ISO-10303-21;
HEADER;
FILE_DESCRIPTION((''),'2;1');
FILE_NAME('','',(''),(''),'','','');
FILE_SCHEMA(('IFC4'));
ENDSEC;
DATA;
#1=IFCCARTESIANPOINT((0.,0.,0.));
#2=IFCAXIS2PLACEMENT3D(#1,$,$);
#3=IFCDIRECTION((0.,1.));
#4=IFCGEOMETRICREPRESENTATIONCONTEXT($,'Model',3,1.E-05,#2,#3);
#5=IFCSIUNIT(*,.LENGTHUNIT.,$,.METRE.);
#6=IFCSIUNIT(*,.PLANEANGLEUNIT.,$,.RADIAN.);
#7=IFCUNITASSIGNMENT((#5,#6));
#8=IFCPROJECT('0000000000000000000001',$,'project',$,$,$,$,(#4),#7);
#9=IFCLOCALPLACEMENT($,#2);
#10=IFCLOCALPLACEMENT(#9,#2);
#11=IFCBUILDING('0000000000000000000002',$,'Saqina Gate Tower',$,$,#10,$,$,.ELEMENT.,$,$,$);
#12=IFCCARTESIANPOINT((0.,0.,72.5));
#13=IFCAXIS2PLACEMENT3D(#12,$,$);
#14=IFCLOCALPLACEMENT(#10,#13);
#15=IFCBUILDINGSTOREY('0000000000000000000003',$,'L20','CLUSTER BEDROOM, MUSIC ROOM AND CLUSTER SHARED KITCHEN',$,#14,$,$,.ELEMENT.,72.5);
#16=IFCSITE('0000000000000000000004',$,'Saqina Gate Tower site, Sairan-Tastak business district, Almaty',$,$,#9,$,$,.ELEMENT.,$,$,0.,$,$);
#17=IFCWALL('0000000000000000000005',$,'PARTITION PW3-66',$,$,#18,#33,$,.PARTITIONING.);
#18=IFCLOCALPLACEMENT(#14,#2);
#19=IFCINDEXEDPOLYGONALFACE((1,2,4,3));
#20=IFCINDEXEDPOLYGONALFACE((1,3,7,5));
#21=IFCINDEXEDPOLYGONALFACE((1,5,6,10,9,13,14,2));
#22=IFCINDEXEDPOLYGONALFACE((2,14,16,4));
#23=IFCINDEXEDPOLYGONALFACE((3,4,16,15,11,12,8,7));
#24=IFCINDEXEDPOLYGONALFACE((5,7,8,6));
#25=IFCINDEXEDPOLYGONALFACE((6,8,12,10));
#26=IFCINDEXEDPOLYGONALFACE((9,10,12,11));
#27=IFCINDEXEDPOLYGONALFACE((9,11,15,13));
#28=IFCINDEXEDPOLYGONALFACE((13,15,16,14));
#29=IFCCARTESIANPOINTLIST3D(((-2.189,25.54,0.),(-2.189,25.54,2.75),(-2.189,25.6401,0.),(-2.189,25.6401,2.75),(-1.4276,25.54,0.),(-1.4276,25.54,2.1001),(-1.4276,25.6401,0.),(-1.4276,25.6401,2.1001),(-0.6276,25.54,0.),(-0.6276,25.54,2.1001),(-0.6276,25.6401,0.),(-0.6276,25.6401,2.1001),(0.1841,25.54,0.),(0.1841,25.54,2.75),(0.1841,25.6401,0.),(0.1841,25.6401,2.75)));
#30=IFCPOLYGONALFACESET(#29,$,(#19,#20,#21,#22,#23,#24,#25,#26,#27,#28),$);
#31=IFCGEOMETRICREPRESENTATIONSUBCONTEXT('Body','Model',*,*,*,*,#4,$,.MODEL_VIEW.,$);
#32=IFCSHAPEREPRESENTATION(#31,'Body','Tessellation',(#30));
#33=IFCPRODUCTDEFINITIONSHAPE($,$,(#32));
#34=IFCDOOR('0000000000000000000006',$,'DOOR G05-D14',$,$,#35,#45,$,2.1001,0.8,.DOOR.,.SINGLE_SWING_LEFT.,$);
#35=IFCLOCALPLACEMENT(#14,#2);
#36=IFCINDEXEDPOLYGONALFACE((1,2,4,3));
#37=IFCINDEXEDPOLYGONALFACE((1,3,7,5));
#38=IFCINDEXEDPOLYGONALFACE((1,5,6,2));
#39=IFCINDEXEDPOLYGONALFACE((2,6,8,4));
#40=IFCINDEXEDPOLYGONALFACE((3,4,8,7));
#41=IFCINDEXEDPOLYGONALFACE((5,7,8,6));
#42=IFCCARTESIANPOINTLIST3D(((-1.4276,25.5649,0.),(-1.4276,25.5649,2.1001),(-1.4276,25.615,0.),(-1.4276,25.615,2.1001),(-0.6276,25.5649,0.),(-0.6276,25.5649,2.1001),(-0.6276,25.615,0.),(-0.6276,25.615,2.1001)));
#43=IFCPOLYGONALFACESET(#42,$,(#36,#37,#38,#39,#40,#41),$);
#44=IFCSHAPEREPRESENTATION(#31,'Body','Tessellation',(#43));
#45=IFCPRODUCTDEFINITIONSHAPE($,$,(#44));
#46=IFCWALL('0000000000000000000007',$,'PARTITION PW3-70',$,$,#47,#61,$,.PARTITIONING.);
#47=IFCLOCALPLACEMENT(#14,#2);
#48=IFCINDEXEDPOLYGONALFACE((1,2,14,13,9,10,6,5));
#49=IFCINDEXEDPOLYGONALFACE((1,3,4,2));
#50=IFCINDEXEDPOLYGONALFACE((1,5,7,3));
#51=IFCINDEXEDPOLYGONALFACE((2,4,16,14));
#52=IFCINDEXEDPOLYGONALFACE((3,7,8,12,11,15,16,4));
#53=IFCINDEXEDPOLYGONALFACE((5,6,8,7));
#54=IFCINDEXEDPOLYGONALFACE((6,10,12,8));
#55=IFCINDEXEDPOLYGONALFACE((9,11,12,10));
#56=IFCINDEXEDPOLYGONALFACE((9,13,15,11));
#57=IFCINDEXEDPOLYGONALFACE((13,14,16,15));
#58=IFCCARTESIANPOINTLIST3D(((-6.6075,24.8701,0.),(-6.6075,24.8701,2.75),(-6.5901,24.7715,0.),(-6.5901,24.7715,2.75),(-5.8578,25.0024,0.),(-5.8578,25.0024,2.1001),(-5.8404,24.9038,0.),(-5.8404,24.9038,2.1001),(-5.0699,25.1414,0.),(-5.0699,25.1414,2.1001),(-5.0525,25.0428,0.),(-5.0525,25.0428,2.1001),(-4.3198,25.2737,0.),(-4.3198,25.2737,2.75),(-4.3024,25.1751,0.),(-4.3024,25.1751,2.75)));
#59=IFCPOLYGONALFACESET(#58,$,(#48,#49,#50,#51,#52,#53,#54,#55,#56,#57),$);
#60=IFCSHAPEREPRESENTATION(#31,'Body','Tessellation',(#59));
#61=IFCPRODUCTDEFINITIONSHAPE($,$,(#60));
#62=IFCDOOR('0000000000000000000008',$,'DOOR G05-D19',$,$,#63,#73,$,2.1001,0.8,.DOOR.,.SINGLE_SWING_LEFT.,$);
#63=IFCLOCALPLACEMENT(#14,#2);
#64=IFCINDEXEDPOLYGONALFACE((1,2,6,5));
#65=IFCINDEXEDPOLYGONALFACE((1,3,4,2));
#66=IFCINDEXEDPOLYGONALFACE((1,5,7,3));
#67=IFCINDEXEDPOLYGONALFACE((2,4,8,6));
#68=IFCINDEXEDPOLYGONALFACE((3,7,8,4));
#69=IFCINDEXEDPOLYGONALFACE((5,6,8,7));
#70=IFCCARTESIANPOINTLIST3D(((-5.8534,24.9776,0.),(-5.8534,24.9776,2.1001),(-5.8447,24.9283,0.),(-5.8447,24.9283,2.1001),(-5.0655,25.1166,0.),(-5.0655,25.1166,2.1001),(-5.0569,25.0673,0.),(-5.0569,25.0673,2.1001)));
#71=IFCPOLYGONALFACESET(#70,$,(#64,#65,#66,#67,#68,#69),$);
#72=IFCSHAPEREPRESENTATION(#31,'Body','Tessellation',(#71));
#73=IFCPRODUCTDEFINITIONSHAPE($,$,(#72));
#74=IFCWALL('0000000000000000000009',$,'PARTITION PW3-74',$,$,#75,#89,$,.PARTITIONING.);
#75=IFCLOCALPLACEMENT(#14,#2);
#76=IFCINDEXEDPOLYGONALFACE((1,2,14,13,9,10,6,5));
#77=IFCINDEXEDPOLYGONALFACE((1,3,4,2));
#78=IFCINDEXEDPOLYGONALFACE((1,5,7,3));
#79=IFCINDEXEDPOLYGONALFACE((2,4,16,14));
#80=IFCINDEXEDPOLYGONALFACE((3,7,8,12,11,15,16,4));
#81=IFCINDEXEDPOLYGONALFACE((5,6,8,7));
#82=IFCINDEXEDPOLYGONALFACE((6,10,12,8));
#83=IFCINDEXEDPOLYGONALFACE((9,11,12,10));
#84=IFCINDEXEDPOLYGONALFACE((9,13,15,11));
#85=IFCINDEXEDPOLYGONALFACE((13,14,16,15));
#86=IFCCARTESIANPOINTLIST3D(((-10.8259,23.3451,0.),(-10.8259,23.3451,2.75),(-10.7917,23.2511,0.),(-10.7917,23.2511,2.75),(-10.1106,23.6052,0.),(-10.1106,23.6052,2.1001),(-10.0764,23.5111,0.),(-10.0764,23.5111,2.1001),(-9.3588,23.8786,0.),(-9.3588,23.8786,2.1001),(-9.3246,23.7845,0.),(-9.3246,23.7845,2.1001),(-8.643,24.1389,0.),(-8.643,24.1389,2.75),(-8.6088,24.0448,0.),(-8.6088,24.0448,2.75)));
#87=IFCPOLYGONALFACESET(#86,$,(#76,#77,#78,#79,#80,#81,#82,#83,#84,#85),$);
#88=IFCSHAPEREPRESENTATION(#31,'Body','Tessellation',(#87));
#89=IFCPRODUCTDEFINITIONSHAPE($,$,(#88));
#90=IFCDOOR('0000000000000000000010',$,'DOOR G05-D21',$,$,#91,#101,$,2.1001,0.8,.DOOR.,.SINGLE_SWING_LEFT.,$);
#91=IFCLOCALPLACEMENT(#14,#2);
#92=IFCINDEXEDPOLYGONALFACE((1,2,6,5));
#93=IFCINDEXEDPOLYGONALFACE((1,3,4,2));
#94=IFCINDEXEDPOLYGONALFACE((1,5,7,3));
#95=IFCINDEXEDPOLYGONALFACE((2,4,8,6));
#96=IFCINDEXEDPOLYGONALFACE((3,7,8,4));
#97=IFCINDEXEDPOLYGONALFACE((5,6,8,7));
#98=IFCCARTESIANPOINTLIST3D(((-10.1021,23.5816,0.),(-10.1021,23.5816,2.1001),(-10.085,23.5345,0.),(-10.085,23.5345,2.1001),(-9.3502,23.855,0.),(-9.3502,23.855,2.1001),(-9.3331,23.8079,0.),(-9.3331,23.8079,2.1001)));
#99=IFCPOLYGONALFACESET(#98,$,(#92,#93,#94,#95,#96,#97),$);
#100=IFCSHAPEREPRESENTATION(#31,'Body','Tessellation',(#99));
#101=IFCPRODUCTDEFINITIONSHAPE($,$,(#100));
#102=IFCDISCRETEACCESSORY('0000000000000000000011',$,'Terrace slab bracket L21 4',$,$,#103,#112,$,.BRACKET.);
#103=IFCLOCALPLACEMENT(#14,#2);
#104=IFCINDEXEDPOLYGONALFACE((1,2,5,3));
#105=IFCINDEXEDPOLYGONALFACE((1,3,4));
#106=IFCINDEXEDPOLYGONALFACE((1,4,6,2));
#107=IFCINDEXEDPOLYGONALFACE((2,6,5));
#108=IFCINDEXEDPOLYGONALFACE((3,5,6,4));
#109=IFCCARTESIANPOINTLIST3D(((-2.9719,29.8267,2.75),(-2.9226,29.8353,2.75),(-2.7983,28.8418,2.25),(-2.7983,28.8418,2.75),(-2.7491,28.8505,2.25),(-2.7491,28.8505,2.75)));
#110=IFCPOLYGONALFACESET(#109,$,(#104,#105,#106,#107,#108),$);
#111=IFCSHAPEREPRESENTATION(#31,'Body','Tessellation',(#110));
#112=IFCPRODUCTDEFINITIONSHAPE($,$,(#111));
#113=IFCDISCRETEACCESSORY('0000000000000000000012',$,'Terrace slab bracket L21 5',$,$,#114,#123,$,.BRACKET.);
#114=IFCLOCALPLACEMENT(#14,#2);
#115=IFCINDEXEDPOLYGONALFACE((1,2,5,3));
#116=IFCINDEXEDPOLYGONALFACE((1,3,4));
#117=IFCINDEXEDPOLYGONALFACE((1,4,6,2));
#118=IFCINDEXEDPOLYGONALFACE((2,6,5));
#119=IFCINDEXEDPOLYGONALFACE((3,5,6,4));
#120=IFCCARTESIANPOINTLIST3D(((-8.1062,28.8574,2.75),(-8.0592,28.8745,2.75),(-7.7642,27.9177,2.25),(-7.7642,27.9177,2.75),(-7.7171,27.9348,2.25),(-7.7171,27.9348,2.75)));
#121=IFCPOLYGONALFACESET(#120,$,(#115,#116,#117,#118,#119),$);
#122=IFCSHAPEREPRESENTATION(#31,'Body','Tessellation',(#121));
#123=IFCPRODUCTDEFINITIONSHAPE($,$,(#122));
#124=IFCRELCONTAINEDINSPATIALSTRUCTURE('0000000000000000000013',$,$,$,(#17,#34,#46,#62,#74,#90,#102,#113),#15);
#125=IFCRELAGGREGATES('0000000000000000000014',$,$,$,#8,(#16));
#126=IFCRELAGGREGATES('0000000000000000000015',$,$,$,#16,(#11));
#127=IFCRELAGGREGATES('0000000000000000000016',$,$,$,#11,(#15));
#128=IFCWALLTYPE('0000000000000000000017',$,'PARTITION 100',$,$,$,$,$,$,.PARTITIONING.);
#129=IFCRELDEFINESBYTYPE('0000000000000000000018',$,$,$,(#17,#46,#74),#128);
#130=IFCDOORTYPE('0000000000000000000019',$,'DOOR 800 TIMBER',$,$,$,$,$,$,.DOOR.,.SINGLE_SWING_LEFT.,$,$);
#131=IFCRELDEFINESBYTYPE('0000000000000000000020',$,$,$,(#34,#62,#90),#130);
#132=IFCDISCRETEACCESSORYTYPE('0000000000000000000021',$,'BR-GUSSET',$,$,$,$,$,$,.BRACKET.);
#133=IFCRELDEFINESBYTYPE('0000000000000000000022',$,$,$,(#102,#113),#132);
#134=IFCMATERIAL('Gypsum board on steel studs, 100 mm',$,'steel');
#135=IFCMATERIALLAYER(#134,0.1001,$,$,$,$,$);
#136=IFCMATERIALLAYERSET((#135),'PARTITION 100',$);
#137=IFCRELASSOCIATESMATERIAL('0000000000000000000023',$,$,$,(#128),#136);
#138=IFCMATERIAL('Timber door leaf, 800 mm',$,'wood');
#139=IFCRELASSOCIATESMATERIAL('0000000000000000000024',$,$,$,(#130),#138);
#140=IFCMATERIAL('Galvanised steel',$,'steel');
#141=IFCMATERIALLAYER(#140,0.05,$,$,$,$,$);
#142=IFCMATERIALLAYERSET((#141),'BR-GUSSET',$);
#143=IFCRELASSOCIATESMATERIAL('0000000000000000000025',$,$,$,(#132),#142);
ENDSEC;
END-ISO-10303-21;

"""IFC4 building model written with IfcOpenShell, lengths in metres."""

from ifc_helpers import new_model, si_unit, direction, frame, frame_2d, origin, place, context, subcontext, project, spatial, polyline, rectangle, outline, extrude, material, layer, layer_set, type_object, element, fill, save


model = new_model("IFC4")

# Units and contexts
model_context = context("Model", 3, precision=1e-05, world=origin(), true_north=direction((0.0, 1.0)))
body_context = subcontext(model_context, "Body", "Model", "MODEL_VIEW")
ifc_project = project(units=[si_unit("LENGTHUNIT", "METRE"), si_unit("PLANEANGLEUNIT", "RADIAN")], contexts=[model_context])

# Site, building, storey
site_placement = place(None, origin())
site = spatial("IfcSite", under=ifc_project, at=site_placement, Name="Saqina Gate Tower site, Sairan-Tastak business district, Almaty", CompositionType="ELEMENT", RefElevation=0.0)
building_placement = place(site_placement, origin())
building = spatial("IfcBuilding", under=site, at=building_placement, Name="Saqina Gate Tower", CompositionType="ELEMENT")
storey_placement = place(building_placement, frame((0.0, 0.0, 72.5)))
storey = spatial("IfcBuildingStorey", under=building, at=storey_placement, Name="L20", Description="CLUSTER BEDROOM, MUSIC ROOM AND CLUSTER SHARED KITCHEN", CompositionType="ELEMENT", Elevation=72.5)

# Shared definitions
ifc_material_1 = material(Name="Gypsum board on steel studs, 100 mm", Category="steel")
ifc_layer_1 = layer(ifc_material_1, 0.1001)
ifc_layer_set_1 = layer_set([ifc_layer_1], Name="PARTITION 100")
wall_type_1 = type_object("IfcWallType", Name="PARTITION 100", PredefinedType="PARTITIONING", material=ifc_layer_set_1)

# Walls, openings, doors
wall_1_placement = place(storey_placement, frame((-2.189, 25.5901, 0.0), z_axis=(0.0, 0.0, 1.0), x_axis=(1.0, 0.0, 0.0)))
wall_1 = element("IfcWall", 1, at=wall_1_placement, inside=storey, type_object=wall_type_1, Name="PARTITION PW3-66", PredefinedType="PARTITIONING", context=body_context, shape_type="SweptSolid", body=[
    extrude(rectangle(XDim=2.373, YDim=0.1001, at=frame_2d((1.1865, 0.0))), origin(), (0.0, 0.0, 1.0), 2.75),
])
opening_1_placement = place(wall_1_placement, frame((0.7615, 0.0, 0.0)))
opening_1 = element("IfcOpeningElement", 2, at=opening_1_placement, cuts=wall_1, PredefinedType="OPENING", context=body_context, shape_type="SweptSolid", body=[
    extrude(rectangle(XDim=0.8, YDim=2.1001, at=frame_2d((0.3999, 1.05))), frame((0.0, 0.062, 0.0), z_axis=(0.0, -1.0, 0.0), x_axis=(1.0, 0.0, 0.0)), (0.0, 0.0, 1.0), 0.124),
])
ifc_material_2 = material(Name="Timber door leaf, 800 mm", Category="wood")
door_type = type_object("IfcDoorType", Name="DOOR 800 TIMBER", OperationType="SINGLE_SWING_LEFT", PredefinedType="DOOR", material=ifc_material_2)
door_1_placement = place(opening_1_placement, origin())
door_1 = element("IfcDoor", 3, at=door_1_placement, inside=storey, type_object=door_type, Name="DOOR G05-D14", OperationType="SINGLE_SWING_LEFT", OverallHeight=2.1001, OverallWidth=0.8, PredefinedType="DOOR", context=body_context, shape_type="SweptSolid", body=[
    extrude(rectangle(XDim=0.8, YDim=2.1001, at=frame_2d((0.3999, 1.05))), frame((0.0, 0.0249, 0.0), z_axis=(0.0, -1.0, 0.0), x_axis=(1.0, 0.0, 0.0)), (0.0, 0.0, 1.0), 0.05),
])
fill(opening_1, door_1)
wall_2_placement = place(storey_placement, frame((-6.5989, 24.8208, 0.0), z_axis=(0.0, 0.0, 1.0), x_axis=(0.984793, 0.173731, 0.0)))
wall_2 = element("IfcWall", 4, at=wall_2_placement, inside=storey, type_object=wall_type_1, Name="PARTITION PW3-70", PredefinedType="PARTITIONING", context=body_context, shape_type="SweptSolid", body=[
    extrude(rectangle(XDim=2.323, YDim=0.1001, at=frame_2d((1.1616, 0.0))), origin(), (0.0, 0.0, 1.0), 2.75),
])
opening_2_placement = place(wall_2_placement, frame((0.7615, 0.0, 0.0)))
opening_2 = element("IfcOpeningElement", 5, at=opening_2_placement, cuts=wall_2, PredefinedType="OPENING", context=body_context, shape_type="SweptSolid", body=[
    extrude(rectangle(XDim=0.8, YDim=2.1001, at=frame_2d((0.3999, 1.05))), frame((0.0, 0.062, 0.0), z_axis=(0.0, -1.0, 0.0), x_axis=(1.0, 0.0, 0.0)), (0.0, 0.0, 1.0), 0.124),
])
door_2_placement = place(opening_2_placement, origin())
door_2 = element("IfcDoor", 6, at=door_2_placement, inside=storey, type_object=door_type, Name="DOOR G05-D19", OperationType="SINGLE_SWING_LEFT", OverallHeight=2.1001, OverallWidth=0.8, PredefinedType="DOOR", context=body_context, shape_type="SweptSolid", body=[
    extrude(rectangle(XDim=0.8, YDim=2.1001, at=frame_2d((0.3999, 1.05))), frame((0.0, 0.0249, 0.0), z_axis=(0.0, -1.0, 0.0), x_axis=(1.0, 0.0, 0.0)), (0.0, 0.0, 1.0), 0.05),
])
fill(opening_2, door_2)
wall_3_placement = place(storey_placement, frame((-10.8088, 23.2981, 0.0), z_axis=(0.0, 0.0, 1.0), x_axis=(0.939803, 0.341718, 0.0)))
wall_3 = element("IfcWall", 7, at=wall_3_placement, inside=storey, type_object=wall_type_1, Name="PARTITION PW3-74", PredefinedType="PARTITIONING", context=body_context, shape_type="SweptSolid", body=[
    extrude(rectangle(XDim=2.3228, YDim=0.1001, at=frame_2d((1.1614, 0.0))), origin(), (0.0, 0.0, 1.0), 2.75),
])
opening_3_placement = place(wall_3_placement, frame((0.7612, 0.0, 0.0)))
opening_3 = element("IfcOpeningElement", 8, at=opening_3_placement, cuts=wall_3, PredefinedType="OPENING", context=body_context, shape_type="SweptSolid", body=[
    extrude(rectangle(XDim=0.8, YDim=2.1001, at=frame_2d((0.3999, 1.05))), frame((0.0, 0.062, 0.0), z_axis=(0.0, -1.0, 0.0), x_axis=(1.0, 0.0, 0.0)), (0.0, 0.0, 1.0), 0.124),
])
door_3_placement = place(opening_3_placement, origin())
door_3 = element("IfcDoor", 9, at=door_3_placement, inside=storey, type_object=door_type, Name="DOOR G05-D21", OperationType="SINGLE_SWING_LEFT", OverallHeight=2.1001, OverallWidth=0.8, PredefinedType="DOOR", context=body_context, shape_type="SweptSolid", body=[
    extrude(rectangle(XDim=0.8, YDim=2.1001, at=frame_2d((0.3999, 1.05))), frame((0.0, 0.0249, 0.0), z_axis=(0.0, -1.0, 0.0), x_axis=(1.0, 0.0, 0.0)), (0.0, 0.0, 1.0), 0.05),
])
fill(opening_3, door_3)

# Discrete accessories
ifc_material_3 = material(Name="Galvanised steel", Category="steel")
ifc_layer_2 = layer(ifc_material_3, 0.05)
ifc_layer_set_2 = layer_set([ifc_layer_2], Name="BR-GUSSET")
discrete_accessory_type = type_object("IfcDiscreteAccessoryType", Name="BR-GUSSET", PredefinedType="BRACKET", material=ifc_layer_set_2)
discrete_accessory_1_placement = place(storey_placement, frame((-2.7983, 28.8418, 2.25), z_axis=(-0.98482, -0.173576, 0.0), x_axis=(0.0, 0.0, 1.0)))
element("IfcDiscreteAccessory", 10, at=discrete_accessory_1_placement, inside=storey, type_object=discrete_accessory_type, Name="Terrace slab bracket L21 4", PredefinedType="BRACKET", context=body_context, shape_type="SweptSolid", body=[
    extrude(outline(polyline([(0.0, 0.0), (0.5, 0.0), (0.5, 1.0), (0.0, 0.0)])), origin(), (0.0, 0.0, -1.0), 0.05),
])
discrete_accessory_2_placement = place(storey_placement, frame((-7.7642, 27.9177, 2.25), z_axis=(-0.939686, -0.342037, 0.0), x_axis=(0.0, 0.0, 1.0)))
element("IfcDiscreteAccessory", 11, at=discrete_accessory_2_placement, inside=storey, type_object=discrete_accessory_type, Name="Terrace slab bracket L21 5", PredefinedType="BRACKET", context=body_context, shape_type="SweptSolid", body=[
    extrude(outline(polyline([(0.0, 0.0), (0.5, 0.0), (0.5, 1.0), (0.0, 0.0)])), origin(), (0.0, 0.0, -1.0), 0.05),
])

save(model, "model.ifc")
